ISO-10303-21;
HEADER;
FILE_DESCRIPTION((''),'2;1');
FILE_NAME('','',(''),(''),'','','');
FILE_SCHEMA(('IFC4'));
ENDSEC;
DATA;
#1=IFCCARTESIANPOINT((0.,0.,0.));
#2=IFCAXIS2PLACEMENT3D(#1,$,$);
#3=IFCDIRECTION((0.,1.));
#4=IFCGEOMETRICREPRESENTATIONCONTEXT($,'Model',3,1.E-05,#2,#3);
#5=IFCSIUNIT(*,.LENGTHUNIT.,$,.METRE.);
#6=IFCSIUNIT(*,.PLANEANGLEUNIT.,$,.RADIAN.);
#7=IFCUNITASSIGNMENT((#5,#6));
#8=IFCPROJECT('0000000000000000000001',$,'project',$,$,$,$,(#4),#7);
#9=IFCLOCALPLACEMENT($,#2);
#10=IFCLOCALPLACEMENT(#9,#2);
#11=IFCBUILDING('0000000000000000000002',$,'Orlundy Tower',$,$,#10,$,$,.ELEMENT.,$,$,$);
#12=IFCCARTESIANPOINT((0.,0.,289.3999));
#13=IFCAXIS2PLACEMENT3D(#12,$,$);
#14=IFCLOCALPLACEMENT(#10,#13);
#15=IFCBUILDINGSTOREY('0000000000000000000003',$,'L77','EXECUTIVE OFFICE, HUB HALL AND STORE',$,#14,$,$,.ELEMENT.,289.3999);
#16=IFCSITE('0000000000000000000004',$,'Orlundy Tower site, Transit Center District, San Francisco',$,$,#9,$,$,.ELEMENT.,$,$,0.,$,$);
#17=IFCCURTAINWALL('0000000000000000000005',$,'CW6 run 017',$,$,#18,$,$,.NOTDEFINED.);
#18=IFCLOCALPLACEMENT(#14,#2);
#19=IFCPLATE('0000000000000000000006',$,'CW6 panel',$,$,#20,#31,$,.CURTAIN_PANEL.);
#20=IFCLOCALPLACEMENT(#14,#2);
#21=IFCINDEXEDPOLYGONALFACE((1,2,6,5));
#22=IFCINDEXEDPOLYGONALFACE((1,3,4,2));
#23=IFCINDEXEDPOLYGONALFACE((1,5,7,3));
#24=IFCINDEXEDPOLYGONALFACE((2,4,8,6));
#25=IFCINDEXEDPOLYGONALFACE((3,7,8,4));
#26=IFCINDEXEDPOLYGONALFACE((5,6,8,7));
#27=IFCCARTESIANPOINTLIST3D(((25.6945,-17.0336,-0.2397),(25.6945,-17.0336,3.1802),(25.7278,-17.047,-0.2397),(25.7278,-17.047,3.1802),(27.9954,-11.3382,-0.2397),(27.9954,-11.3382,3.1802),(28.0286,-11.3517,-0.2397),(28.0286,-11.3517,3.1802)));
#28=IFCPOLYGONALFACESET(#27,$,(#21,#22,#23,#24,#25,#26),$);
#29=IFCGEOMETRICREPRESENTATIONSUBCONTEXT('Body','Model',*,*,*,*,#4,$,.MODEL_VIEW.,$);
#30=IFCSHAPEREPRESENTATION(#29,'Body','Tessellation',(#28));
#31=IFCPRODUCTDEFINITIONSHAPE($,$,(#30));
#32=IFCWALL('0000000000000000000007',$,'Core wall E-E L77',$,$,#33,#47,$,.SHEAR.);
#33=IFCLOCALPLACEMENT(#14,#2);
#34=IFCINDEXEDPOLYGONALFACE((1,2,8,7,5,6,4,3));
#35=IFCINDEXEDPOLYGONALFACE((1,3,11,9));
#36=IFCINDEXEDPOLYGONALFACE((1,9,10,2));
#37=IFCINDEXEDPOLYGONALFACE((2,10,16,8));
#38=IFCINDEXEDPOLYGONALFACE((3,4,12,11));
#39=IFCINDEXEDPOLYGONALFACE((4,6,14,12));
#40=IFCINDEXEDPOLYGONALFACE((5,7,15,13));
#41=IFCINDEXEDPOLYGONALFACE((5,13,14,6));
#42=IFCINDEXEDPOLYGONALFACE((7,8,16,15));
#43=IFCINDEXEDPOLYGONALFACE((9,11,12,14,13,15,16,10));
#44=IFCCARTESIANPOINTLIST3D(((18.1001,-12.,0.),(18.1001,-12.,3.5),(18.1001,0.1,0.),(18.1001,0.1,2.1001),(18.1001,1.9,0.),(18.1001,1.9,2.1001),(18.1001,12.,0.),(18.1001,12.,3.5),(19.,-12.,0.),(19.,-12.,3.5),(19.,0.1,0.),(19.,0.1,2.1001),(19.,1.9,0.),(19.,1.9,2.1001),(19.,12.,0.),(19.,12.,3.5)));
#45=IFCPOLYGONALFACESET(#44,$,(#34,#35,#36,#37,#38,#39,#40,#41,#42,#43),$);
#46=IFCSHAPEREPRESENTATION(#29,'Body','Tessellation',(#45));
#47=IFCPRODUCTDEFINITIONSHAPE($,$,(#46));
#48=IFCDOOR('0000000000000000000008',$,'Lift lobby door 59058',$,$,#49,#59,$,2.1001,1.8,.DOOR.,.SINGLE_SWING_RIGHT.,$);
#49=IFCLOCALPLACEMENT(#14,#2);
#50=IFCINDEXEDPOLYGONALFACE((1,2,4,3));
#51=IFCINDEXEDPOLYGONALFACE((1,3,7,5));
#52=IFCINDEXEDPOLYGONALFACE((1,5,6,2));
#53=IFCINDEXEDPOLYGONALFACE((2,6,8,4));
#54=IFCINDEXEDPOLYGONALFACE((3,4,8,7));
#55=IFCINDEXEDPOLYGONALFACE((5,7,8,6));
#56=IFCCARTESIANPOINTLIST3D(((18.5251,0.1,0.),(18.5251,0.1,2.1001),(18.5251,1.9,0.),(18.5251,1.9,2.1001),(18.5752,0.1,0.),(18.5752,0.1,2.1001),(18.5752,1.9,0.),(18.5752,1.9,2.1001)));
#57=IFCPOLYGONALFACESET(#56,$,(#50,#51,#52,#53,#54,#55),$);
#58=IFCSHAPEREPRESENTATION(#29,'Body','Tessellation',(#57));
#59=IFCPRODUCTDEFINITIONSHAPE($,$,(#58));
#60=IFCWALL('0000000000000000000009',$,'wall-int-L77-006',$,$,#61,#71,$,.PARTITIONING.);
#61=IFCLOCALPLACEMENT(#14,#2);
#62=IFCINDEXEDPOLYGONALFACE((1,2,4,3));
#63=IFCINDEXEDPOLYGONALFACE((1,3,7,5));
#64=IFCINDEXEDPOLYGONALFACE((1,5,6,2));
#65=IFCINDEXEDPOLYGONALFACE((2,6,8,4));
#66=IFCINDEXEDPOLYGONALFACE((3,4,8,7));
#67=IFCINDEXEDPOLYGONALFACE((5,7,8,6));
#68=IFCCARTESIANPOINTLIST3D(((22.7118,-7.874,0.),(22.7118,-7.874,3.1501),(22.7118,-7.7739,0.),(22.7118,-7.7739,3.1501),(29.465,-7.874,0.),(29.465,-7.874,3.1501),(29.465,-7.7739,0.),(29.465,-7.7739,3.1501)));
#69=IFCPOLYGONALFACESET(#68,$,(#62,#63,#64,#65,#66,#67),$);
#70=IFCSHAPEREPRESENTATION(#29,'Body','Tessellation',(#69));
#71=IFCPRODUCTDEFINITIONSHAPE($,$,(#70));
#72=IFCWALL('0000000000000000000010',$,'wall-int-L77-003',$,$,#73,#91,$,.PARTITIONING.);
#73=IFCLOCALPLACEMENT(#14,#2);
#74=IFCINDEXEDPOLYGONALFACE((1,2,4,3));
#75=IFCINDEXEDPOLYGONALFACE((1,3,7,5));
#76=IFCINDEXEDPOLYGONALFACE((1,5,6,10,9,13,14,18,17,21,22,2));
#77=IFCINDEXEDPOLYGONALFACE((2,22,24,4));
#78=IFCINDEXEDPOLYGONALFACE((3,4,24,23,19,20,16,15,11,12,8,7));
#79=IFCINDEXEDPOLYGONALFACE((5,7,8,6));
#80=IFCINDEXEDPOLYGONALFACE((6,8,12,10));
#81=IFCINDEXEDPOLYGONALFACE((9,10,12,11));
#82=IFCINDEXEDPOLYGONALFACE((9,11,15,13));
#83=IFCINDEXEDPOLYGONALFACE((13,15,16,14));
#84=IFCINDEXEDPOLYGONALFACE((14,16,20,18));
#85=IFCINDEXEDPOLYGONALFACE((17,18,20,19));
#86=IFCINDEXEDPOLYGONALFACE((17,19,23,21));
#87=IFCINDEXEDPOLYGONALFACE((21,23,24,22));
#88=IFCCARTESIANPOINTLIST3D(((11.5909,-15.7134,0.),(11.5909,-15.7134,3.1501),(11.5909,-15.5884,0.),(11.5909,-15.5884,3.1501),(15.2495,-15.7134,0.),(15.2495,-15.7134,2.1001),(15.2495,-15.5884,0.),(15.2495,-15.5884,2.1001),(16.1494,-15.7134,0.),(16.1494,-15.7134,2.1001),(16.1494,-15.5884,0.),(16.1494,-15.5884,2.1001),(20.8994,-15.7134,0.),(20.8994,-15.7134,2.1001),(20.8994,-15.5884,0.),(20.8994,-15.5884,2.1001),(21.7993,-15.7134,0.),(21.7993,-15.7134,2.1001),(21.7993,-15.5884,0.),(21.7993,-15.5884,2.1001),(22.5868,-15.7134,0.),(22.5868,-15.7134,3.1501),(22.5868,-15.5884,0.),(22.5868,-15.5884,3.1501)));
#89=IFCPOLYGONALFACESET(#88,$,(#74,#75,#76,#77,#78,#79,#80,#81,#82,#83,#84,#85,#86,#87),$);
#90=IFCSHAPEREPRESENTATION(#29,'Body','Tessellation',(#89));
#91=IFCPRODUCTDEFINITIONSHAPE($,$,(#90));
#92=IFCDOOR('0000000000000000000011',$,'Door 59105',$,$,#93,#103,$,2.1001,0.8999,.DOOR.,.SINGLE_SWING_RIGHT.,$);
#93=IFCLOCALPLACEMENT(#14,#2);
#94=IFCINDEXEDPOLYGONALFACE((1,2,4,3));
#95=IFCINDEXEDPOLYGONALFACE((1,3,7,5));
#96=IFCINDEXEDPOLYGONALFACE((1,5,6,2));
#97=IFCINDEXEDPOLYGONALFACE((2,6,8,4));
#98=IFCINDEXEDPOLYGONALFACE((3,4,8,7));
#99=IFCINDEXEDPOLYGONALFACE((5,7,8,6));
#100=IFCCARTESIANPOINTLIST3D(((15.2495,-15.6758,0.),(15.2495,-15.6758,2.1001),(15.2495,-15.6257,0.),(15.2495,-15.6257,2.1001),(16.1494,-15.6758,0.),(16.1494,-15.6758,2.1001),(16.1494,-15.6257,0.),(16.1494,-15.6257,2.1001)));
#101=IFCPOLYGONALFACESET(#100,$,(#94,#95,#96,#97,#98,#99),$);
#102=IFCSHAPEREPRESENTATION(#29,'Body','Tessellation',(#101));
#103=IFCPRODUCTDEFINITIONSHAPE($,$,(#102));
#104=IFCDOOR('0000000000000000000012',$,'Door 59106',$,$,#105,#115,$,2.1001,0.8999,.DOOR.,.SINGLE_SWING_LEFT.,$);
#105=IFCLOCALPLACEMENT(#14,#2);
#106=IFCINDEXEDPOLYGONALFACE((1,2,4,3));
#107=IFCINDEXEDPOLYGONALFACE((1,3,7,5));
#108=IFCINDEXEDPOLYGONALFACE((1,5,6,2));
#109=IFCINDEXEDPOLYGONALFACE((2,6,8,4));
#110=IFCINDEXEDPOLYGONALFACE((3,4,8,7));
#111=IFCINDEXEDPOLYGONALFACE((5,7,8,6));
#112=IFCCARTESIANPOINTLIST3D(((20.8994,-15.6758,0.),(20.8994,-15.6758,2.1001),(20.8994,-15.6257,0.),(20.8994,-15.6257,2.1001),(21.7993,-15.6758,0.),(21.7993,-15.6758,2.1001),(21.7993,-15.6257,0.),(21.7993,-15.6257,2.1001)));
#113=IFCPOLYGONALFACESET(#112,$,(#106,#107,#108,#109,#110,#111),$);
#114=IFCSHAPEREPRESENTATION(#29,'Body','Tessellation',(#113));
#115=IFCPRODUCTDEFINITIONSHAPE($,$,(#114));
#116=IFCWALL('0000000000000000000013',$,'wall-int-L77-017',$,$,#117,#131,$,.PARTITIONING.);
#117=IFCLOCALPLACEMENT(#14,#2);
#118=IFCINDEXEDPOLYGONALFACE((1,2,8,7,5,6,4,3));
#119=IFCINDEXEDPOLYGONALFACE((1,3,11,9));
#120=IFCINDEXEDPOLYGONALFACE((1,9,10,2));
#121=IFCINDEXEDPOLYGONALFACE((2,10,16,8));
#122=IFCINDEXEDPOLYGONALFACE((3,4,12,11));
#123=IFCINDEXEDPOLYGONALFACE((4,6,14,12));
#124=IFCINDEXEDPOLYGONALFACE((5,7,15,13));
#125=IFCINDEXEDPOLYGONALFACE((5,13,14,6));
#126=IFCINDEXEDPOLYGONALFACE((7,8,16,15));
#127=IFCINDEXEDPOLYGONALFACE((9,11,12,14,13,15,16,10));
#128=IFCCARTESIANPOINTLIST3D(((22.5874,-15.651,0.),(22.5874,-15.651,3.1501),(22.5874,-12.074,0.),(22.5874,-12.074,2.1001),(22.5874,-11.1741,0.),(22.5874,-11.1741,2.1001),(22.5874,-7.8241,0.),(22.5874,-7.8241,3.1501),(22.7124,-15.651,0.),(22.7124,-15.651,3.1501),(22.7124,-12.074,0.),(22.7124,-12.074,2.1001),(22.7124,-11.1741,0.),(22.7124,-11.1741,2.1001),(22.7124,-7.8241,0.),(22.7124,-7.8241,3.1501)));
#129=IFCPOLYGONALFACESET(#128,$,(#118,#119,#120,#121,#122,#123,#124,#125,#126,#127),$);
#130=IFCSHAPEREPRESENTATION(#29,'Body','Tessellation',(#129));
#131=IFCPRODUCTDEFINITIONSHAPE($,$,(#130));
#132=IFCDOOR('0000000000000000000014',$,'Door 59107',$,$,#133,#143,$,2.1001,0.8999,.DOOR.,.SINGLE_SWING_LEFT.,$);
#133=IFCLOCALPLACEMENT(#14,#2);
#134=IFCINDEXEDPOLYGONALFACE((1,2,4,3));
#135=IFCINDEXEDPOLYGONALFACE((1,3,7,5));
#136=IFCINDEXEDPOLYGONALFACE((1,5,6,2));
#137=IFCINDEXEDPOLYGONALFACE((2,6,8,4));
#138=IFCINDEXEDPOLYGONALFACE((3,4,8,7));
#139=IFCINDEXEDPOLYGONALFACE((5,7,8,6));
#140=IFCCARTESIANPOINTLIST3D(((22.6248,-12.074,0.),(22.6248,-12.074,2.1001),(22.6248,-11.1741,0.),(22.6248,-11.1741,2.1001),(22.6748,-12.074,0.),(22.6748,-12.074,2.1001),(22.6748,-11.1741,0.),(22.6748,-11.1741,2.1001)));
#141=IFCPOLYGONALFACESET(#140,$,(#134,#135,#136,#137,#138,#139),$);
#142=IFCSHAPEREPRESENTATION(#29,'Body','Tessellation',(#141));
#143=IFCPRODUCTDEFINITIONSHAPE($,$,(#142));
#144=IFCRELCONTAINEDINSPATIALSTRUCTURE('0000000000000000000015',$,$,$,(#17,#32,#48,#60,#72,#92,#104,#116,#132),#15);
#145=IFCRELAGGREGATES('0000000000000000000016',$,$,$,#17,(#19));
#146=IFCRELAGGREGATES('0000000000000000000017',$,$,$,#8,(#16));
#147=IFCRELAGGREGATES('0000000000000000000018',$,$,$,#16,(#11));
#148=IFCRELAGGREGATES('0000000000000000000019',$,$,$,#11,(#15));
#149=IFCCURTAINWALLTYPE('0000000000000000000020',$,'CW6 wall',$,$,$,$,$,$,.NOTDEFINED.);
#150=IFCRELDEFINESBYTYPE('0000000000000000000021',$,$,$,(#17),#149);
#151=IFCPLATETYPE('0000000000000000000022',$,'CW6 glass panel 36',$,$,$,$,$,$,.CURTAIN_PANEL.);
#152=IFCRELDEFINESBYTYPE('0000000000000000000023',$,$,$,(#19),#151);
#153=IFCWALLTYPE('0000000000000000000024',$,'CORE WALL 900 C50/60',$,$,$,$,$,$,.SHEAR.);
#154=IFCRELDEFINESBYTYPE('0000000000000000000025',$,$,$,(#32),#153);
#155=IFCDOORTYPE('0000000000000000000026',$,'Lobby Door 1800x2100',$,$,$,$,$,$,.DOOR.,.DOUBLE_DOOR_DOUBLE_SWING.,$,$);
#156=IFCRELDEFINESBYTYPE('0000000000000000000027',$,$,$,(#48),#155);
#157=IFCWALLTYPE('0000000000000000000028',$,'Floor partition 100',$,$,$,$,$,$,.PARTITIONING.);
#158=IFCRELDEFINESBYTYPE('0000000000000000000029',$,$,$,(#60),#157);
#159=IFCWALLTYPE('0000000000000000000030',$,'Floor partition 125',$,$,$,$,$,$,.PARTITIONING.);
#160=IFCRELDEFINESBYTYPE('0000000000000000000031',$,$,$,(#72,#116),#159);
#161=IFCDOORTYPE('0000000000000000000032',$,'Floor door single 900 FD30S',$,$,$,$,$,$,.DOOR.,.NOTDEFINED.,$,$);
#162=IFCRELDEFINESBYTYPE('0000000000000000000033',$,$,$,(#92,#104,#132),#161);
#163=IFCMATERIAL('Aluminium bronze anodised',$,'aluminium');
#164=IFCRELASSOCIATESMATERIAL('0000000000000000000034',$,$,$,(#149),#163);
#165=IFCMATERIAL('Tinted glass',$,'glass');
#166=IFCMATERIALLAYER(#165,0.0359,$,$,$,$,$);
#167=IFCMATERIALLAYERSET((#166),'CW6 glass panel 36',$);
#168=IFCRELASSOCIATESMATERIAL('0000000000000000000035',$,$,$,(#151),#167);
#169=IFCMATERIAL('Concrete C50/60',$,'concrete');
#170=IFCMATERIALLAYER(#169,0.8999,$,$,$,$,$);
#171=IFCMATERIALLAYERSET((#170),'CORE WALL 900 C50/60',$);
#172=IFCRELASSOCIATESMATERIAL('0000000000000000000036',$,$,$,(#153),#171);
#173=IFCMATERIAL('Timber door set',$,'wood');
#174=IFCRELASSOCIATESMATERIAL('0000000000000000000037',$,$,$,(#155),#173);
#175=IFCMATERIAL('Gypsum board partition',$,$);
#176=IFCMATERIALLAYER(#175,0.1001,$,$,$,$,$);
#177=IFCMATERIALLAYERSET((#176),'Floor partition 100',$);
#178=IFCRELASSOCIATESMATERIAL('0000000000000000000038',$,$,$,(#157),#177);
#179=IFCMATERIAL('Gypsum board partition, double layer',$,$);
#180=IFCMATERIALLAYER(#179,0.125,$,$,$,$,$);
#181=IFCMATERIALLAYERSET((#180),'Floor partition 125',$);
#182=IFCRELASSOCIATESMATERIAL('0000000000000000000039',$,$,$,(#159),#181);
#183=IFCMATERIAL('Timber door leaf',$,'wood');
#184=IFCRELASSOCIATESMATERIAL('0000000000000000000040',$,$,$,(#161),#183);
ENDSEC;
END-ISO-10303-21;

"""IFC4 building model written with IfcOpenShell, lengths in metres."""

from ifc_helpers import new_model, si_unit, direction, frame, frame_2d, origin, origin_2d, place, context, subcontext, project, spatial, rectangle, extrude, material, layer, layer_set, type_object, element, fill, aggregate, save


model = new_model("IFC4")

# Units and contexts
model_context = context("Model", 3, precision=1e-05, world=origin(), true_north=direction((0.0, 1.0)))
body_context = subcontext(model_context, "Body", "Model", "MODEL_VIEW")
ifc_project = project(units=[si_unit("LENGTHUNIT", "METRE"), si_unit("PLANEANGLEUNIT", "RADIAN")], contexts=[model_context])

# Site, building, storey
site_placement = place(None, origin())
site = spatial("IfcSite", under=ifc_project, at=site_placement, Name="Orlundy Tower site, Transit Center District, San Francisco", CompositionType="ELEMENT", RefElevation=0.0)
building_placement = place(site_placement, origin())
building = spatial("IfcBuilding", under=site, at=building_placement, Name="Orlundy Tower", CompositionType="ELEMENT")
storey_placement = place(building_placement, frame((0.0, 0.0, 289.3999)))
storey = spatial("IfcBuildingStorey", under=building, at=storey_placement, Name="L77", Description="EXECUTIVE OFFICE, HUB HALL AND STORE", CompositionType="ELEMENT", Elevation=289.3999)

# Curtain wall
ifc_material_1 = material(Name="Aluminium bronze anodised", Category="aluminium")
curtain_wall_type = type_object("IfcCurtainWallType", Name="CW6 wall", PredefinedType="NOTDEFINED", material=ifc_material_1)
curtain_wall_1_placement = place(storey_placement, origin())
curtain_wall_1 = element("IfcCurtainWall", 1, at=curtain_wall_1_placement, inside=storey, type_object=curtain_wall_type, Name="CW6 run 017", PredefinedType="NOTDEFINED")

# Plate
ifc_material_2 = material(Name="Tinted glass", Category="glass")
ifc_layer_1 = layer(ifc_material_2, 0.0359)
ifc_layer_set_1 = layer_set([ifc_layer_1], Name="CW6 glass panel 36")
plate_type = type_object("IfcPlateType", Name="CW6 glass panel 36", PredefinedType="CURTAIN_PANEL", material=ifc_layer_set_1)
plate_1_placement = place(storey_placement, frame((26.8616, -14.1926, -0.2397), z_axis=(0.0, 0.0, 1.0), x_axis=(-0.374578, -0.927195, 0.0)))
plate_1 = element("IfcPlate", 2, at=plate_1_placement, type_object=plate_type, Name="CW6 panel", PredefinedType="CURTAIN_PANEL", context=body_context, shape_type="SweptSolid", body=[
    extrude(rectangle(XDim=6.1426, YDim=0.0359, at=origin_2d()), origin(), (0.0, 0.0, 1.0), 3.4199),
])
aggregate(curtain_wall_1, [plate_1])

# Wall, opening, door
ifc_material_3 = material(Name="Concrete C50/60", Category="concrete")
ifc_layer_2 = layer(ifc_material_3, 0.8999)
ifc_layer_set_2 = layer_set([ifc_layer_2], Name="CORE WALL 900 C50/60")
wall_type_1 = type_object("IfcWallType", Name="CORE WALL 900 C50/60", PredefinedType="SHEAR", material=ifc_layer_set_2)
wall_1_placement = place(storey_placement, frame((18.55, -12.0, 0.0), z_axis=(0.0, 0.0, 1.0), x_axis=(0.0, 1.0, 0.0)))
wall_1 = element("IfcWall", 3, at=wall_1_placement, inside=storey, type_object=wall_type_1, Name="Core wall E-E L77", PredefinedType="SHEAR", context=body_context, shape_type="SweptSolid", body=[
    extrude(rectangle(XDim=24.0, YDim=0.8999, at=frame_2d((12.0, 0.0))), origin(), (0.0, 0.0, 1.0), 3.5),
])
opening_1_placement = place(wall_1_placement, frame((12.1001, 0.0, 0.0)))
opening_1 = element("IfcOpeningElement", 4, at=opening_1_placement, cuts=wall_1, PredefinedType="OPENING", context=body_context, shape_type="SweptSolid", body=[
    extrude(rectangle(XDim=1.8, YDim=2.1001, at=frame_2d((0.8999, 1.05))), frame((0.0, 0.46, 0.0), z_axis=(0.0, -1.0, 0.0), x_axis=(1.0, 0.0, 0.0)), (0.0, 0.0, 1.0), 0.9199),
])
ifc_material_4 = material(Name="Timber door set", Category="wood")
door_type_1 = type_object("IfcDoorType", Name="Lobby Door 1800x2100", OperationType="DOUBLE_DOOR_DOUBLE_SWING", PredefinedType="DOOR", material=ifc_material_4)
door_1_placement = place(opening_1_placement, origin())
door_1 = element("IfcDoor", 5, at=door_1_placement, inside=storey, type_object=door_type_1, Name="Lift lobby door 59058", OperationType="SINGLE_SWING_RIGHT", OverallHeight=2.1001, OverallWidth=1.8, PredefinedType="DOOR", context=body_context, shape_type="SweptSolid", body=[
    extrude(rectangle(XDim=1.8, YDim=2.1001, at=frame_2d((0.8999, 1.05))), frame((0.0, 0.0249, 0.0), z_axis=(0.0, -1.0, 0.0), x_axis=(1.0, 0.0, 0.0)), (0.0, 0.0, 1.0), 0.05),
])
fill(opening_1, door_1)

# Wall
ifc_material_5 = material(Name="Gypsum board partition")
ifc_layer_3 = layer(ifc_material_5, 0.1001)
ifc_layer_set_3 = layer_set([ifc_layer_3], Name="Floor partition 100")
wall_type_2 = type_object("IfcWallType", Name="Floor partition 100", PredefinedType="PARTITIONING", material=ifc_layer_set_3)
wall_2_placement = place(storey_placement, frame((22.7119, -7.824, 0.0), z_axis=(0.0, 0.0, 1.0), x_axis=(1.0, 0.0, 0.0)))
element("IfcWall", 6, at=wall_2_placement, inside=storey, type_object=wall_type_2, Name="wall-int-L77-006", PredefinedType="PARTITIONING", context=body_context, shape_type="SweptSolid", body=[
    extrude(rectangle(XDim=6.7532, YDim=0.1001, at=frame_2d((3.3765, 0.0))), origin(), (0.0, 0.0, 1.0), 3.1501),
])

# Wall, openings, doors
ifc_material_6 = material(Name="Gypsum board partition, double layer")
ifc_layer_4 = layer(ifc_material_6, 0.125)
ifc_layer_set_4 = layer_set([ifc_layer_4], Name="Floor partition 125")
wall_type_3 = type_object("IfcWallType", Name="Floor partition 125", PredefinedType="PARTITIONING", material=ifc_layer_set_4)
wall_3_placement = place(storey_placement, frame((22.5869, -15.6509, 0.0), z_axis=(0.0, 0.0, 1.0), x_axis=(-1.0, 0.0, 0.0)))
wall_3 = element("IfcWall", 7, at=wall_3_placement, inside=storey, type_object=wall_type_3, Name="wall-int-L77-003", PredefinedType="PARTITIONING", context=body_context, shape_type="SweptSolid", body=[
    extrude(rectangle(XDim=10.9958, YDim=0.125, at=frame_2d((5.498, 0.0))), origin(), (0.0, 0.0, 1.0), 3.1501),
])
opening_2_placement = place(wall_3_placement, frame((6.4375, 0.0, 0.0)))
opening_2 = element("IfcOpeningElement", 8, at=opening_2_placement, cuts=wall_3, PredefinedType="OPENING", context=body_context, shape_type="SweptSolid", body=[
    extrude(rectangle(XDim=0.8999, YDim=2.1001, at=frame_2d((0.45, 1.05))), frame((0.0, 0.0725, 0.0), z_axis=(0.0, -1.0, 0.0), x_axis=(1.0, 0.0, 0.0)), (0.0, 0.0, 1.0), 0.145),
])
opening_3_placement = place(wall_3_placement, frame((0.7876, 0.0, 0.0)))
opening_3 = element("IfcOpeningElement", 9, at=opening_3_placement, cuts=wall_3, PredefinedType="OPENING", context=body_context, shape_type="SweptSolid", body=[
    extrude(rectangle(XDim=0.8999, YDim=2.1001, at=frame_2d((0.45, 1.05))), frame((0.0, 0.0725, 0.0), z_axis=(0.0, -1.0, 0.0), x_axis=(1.0, 0.0, 0.0)), (0.0, 0.0, 1.0), 0.145),
])
ifc_material_7 = material(Name="Timber door leaf", Category="wood")
door_type_2 = type_object("IfcDoorType", Name="Floor door single 900 FD30S", OperationType="NOTDEFINED", PredefinedType="DOOR", material=ifc_material_7)
door_2_placement = place(opening_2_placement, origin())
door_2 = element("IfcDoor", 10, at=door_2_placement, inside=storey, type_object=door_type_2, Name="Door 59105", OperationType="SINGLE_SWING_RIGHT", OverallHeight=2.1001, OverallWidth=0.8999, PredefinedType="DOOR", context=body_context, shape_type="SweptSolid", body=[
    extrude(rectangle(XDim=0.8999, YDim=2.1001, at=frame_2d((0.45, 1.05))), frame((0.0, 0.0249, 0.0), z_axis=(0.0, -1.0, 0.0), x_axis=(1.0, 0.0, 0.0)), (0.0, 0.0, 1.0), 0.05),
])
fill(opening_2, door_2)
door_3_placement = place(opening_3_placement, origin())
door_3 = element("IfcDoor", 11, at=door_3_placement, inside=storey, type_object=door_type_2, Name="Door 59106", OperationType="SINGLE_SWING_LEFT", OverallHeight=2.1001, OverallWidth=0.8999, PredefinedType="DOOR", context=body_context, shape_type="SweptSolid", body=[
    extrude(rectangle(XDim=0.8999, YDim=2.1001, at=frame_2d((0.45, 1.05))), frame((0.0, 0.0249, 0.0), z_axis=(0.0, -1.0, 0.0), x_axis=(1.0, 0.0, 0.0)), (0.0, 0.0, 1.0), 0.05),
])
fill(opening_3, door_3)

# Wall, opening, door
wall_4_placement = place(storey_placement, frame((22.6499, -7.824, 0.0), z_axis=(0.0, 0.0, 1.0), x_axis=(0.0, -1.0, 0.0)))
wall_4 = element("IfcWall", 12, at=wall_4_placement, inside=storey, type_object=wall_type_3, Name="wall-int-L77-017", PredefinedType="PARTITIONING", context=body_context, shape_type="SweptSolid", body=[
    extrude(rectangle(XDim=7.8269, YDim=0.125, at=frame_2d((3.9136, 0.0))), origin(), (0.0, 0.0, 1.0), 3.1501),
])
opening_4_placement = place(wall_4_placement, frame((3.3501, 0.0, 0.0)))
opening_4 = element("IfcOpeningElement", 13, at=opening_4_placement, cuts=wall_4, PredefinedType="OPENING", context=body_context, shape_type="SweptSolid", body=[
    extrude(rectangle(XDim=0.8999, YDim=2.1001, at=frame_2d((0.45, 1.05))), frame((0.0, 0.0725, 0.0), z_axis=(0.0, -1.0, 0.0), x_axis=(1.0, 0.0, 0.0)), (0.0, 0.0, 1.0), 0.145),
])
door_4_placement = place(opening_4_placement, origin())
door_4 = element("IfcDoor", 14, at=door_4_placement, inside=storey, type_object=door_type_2, Name="Door 59107", OperationType="SINGLE_SWING_LEFT", OverallHeight=2.1001, OverallWidth=0.8999, PredefinedType="DOOR", context=body_context, shape_type="SweptSolid", body=[
    extrude(rectangle(XDim=0.8999, YDim=2.1001, at=frame_2d((0.45, 1.05))), frame((0.0, 0.0249, 0.0), z_axis=(0.0, -1.0, 0.0), x_axis=(1.0, 0.0, 0.0)), (0.0, 0.0, 1.0), 0.05),
])
fill(opening_4, door_4)

save(model, "model.ifc")
